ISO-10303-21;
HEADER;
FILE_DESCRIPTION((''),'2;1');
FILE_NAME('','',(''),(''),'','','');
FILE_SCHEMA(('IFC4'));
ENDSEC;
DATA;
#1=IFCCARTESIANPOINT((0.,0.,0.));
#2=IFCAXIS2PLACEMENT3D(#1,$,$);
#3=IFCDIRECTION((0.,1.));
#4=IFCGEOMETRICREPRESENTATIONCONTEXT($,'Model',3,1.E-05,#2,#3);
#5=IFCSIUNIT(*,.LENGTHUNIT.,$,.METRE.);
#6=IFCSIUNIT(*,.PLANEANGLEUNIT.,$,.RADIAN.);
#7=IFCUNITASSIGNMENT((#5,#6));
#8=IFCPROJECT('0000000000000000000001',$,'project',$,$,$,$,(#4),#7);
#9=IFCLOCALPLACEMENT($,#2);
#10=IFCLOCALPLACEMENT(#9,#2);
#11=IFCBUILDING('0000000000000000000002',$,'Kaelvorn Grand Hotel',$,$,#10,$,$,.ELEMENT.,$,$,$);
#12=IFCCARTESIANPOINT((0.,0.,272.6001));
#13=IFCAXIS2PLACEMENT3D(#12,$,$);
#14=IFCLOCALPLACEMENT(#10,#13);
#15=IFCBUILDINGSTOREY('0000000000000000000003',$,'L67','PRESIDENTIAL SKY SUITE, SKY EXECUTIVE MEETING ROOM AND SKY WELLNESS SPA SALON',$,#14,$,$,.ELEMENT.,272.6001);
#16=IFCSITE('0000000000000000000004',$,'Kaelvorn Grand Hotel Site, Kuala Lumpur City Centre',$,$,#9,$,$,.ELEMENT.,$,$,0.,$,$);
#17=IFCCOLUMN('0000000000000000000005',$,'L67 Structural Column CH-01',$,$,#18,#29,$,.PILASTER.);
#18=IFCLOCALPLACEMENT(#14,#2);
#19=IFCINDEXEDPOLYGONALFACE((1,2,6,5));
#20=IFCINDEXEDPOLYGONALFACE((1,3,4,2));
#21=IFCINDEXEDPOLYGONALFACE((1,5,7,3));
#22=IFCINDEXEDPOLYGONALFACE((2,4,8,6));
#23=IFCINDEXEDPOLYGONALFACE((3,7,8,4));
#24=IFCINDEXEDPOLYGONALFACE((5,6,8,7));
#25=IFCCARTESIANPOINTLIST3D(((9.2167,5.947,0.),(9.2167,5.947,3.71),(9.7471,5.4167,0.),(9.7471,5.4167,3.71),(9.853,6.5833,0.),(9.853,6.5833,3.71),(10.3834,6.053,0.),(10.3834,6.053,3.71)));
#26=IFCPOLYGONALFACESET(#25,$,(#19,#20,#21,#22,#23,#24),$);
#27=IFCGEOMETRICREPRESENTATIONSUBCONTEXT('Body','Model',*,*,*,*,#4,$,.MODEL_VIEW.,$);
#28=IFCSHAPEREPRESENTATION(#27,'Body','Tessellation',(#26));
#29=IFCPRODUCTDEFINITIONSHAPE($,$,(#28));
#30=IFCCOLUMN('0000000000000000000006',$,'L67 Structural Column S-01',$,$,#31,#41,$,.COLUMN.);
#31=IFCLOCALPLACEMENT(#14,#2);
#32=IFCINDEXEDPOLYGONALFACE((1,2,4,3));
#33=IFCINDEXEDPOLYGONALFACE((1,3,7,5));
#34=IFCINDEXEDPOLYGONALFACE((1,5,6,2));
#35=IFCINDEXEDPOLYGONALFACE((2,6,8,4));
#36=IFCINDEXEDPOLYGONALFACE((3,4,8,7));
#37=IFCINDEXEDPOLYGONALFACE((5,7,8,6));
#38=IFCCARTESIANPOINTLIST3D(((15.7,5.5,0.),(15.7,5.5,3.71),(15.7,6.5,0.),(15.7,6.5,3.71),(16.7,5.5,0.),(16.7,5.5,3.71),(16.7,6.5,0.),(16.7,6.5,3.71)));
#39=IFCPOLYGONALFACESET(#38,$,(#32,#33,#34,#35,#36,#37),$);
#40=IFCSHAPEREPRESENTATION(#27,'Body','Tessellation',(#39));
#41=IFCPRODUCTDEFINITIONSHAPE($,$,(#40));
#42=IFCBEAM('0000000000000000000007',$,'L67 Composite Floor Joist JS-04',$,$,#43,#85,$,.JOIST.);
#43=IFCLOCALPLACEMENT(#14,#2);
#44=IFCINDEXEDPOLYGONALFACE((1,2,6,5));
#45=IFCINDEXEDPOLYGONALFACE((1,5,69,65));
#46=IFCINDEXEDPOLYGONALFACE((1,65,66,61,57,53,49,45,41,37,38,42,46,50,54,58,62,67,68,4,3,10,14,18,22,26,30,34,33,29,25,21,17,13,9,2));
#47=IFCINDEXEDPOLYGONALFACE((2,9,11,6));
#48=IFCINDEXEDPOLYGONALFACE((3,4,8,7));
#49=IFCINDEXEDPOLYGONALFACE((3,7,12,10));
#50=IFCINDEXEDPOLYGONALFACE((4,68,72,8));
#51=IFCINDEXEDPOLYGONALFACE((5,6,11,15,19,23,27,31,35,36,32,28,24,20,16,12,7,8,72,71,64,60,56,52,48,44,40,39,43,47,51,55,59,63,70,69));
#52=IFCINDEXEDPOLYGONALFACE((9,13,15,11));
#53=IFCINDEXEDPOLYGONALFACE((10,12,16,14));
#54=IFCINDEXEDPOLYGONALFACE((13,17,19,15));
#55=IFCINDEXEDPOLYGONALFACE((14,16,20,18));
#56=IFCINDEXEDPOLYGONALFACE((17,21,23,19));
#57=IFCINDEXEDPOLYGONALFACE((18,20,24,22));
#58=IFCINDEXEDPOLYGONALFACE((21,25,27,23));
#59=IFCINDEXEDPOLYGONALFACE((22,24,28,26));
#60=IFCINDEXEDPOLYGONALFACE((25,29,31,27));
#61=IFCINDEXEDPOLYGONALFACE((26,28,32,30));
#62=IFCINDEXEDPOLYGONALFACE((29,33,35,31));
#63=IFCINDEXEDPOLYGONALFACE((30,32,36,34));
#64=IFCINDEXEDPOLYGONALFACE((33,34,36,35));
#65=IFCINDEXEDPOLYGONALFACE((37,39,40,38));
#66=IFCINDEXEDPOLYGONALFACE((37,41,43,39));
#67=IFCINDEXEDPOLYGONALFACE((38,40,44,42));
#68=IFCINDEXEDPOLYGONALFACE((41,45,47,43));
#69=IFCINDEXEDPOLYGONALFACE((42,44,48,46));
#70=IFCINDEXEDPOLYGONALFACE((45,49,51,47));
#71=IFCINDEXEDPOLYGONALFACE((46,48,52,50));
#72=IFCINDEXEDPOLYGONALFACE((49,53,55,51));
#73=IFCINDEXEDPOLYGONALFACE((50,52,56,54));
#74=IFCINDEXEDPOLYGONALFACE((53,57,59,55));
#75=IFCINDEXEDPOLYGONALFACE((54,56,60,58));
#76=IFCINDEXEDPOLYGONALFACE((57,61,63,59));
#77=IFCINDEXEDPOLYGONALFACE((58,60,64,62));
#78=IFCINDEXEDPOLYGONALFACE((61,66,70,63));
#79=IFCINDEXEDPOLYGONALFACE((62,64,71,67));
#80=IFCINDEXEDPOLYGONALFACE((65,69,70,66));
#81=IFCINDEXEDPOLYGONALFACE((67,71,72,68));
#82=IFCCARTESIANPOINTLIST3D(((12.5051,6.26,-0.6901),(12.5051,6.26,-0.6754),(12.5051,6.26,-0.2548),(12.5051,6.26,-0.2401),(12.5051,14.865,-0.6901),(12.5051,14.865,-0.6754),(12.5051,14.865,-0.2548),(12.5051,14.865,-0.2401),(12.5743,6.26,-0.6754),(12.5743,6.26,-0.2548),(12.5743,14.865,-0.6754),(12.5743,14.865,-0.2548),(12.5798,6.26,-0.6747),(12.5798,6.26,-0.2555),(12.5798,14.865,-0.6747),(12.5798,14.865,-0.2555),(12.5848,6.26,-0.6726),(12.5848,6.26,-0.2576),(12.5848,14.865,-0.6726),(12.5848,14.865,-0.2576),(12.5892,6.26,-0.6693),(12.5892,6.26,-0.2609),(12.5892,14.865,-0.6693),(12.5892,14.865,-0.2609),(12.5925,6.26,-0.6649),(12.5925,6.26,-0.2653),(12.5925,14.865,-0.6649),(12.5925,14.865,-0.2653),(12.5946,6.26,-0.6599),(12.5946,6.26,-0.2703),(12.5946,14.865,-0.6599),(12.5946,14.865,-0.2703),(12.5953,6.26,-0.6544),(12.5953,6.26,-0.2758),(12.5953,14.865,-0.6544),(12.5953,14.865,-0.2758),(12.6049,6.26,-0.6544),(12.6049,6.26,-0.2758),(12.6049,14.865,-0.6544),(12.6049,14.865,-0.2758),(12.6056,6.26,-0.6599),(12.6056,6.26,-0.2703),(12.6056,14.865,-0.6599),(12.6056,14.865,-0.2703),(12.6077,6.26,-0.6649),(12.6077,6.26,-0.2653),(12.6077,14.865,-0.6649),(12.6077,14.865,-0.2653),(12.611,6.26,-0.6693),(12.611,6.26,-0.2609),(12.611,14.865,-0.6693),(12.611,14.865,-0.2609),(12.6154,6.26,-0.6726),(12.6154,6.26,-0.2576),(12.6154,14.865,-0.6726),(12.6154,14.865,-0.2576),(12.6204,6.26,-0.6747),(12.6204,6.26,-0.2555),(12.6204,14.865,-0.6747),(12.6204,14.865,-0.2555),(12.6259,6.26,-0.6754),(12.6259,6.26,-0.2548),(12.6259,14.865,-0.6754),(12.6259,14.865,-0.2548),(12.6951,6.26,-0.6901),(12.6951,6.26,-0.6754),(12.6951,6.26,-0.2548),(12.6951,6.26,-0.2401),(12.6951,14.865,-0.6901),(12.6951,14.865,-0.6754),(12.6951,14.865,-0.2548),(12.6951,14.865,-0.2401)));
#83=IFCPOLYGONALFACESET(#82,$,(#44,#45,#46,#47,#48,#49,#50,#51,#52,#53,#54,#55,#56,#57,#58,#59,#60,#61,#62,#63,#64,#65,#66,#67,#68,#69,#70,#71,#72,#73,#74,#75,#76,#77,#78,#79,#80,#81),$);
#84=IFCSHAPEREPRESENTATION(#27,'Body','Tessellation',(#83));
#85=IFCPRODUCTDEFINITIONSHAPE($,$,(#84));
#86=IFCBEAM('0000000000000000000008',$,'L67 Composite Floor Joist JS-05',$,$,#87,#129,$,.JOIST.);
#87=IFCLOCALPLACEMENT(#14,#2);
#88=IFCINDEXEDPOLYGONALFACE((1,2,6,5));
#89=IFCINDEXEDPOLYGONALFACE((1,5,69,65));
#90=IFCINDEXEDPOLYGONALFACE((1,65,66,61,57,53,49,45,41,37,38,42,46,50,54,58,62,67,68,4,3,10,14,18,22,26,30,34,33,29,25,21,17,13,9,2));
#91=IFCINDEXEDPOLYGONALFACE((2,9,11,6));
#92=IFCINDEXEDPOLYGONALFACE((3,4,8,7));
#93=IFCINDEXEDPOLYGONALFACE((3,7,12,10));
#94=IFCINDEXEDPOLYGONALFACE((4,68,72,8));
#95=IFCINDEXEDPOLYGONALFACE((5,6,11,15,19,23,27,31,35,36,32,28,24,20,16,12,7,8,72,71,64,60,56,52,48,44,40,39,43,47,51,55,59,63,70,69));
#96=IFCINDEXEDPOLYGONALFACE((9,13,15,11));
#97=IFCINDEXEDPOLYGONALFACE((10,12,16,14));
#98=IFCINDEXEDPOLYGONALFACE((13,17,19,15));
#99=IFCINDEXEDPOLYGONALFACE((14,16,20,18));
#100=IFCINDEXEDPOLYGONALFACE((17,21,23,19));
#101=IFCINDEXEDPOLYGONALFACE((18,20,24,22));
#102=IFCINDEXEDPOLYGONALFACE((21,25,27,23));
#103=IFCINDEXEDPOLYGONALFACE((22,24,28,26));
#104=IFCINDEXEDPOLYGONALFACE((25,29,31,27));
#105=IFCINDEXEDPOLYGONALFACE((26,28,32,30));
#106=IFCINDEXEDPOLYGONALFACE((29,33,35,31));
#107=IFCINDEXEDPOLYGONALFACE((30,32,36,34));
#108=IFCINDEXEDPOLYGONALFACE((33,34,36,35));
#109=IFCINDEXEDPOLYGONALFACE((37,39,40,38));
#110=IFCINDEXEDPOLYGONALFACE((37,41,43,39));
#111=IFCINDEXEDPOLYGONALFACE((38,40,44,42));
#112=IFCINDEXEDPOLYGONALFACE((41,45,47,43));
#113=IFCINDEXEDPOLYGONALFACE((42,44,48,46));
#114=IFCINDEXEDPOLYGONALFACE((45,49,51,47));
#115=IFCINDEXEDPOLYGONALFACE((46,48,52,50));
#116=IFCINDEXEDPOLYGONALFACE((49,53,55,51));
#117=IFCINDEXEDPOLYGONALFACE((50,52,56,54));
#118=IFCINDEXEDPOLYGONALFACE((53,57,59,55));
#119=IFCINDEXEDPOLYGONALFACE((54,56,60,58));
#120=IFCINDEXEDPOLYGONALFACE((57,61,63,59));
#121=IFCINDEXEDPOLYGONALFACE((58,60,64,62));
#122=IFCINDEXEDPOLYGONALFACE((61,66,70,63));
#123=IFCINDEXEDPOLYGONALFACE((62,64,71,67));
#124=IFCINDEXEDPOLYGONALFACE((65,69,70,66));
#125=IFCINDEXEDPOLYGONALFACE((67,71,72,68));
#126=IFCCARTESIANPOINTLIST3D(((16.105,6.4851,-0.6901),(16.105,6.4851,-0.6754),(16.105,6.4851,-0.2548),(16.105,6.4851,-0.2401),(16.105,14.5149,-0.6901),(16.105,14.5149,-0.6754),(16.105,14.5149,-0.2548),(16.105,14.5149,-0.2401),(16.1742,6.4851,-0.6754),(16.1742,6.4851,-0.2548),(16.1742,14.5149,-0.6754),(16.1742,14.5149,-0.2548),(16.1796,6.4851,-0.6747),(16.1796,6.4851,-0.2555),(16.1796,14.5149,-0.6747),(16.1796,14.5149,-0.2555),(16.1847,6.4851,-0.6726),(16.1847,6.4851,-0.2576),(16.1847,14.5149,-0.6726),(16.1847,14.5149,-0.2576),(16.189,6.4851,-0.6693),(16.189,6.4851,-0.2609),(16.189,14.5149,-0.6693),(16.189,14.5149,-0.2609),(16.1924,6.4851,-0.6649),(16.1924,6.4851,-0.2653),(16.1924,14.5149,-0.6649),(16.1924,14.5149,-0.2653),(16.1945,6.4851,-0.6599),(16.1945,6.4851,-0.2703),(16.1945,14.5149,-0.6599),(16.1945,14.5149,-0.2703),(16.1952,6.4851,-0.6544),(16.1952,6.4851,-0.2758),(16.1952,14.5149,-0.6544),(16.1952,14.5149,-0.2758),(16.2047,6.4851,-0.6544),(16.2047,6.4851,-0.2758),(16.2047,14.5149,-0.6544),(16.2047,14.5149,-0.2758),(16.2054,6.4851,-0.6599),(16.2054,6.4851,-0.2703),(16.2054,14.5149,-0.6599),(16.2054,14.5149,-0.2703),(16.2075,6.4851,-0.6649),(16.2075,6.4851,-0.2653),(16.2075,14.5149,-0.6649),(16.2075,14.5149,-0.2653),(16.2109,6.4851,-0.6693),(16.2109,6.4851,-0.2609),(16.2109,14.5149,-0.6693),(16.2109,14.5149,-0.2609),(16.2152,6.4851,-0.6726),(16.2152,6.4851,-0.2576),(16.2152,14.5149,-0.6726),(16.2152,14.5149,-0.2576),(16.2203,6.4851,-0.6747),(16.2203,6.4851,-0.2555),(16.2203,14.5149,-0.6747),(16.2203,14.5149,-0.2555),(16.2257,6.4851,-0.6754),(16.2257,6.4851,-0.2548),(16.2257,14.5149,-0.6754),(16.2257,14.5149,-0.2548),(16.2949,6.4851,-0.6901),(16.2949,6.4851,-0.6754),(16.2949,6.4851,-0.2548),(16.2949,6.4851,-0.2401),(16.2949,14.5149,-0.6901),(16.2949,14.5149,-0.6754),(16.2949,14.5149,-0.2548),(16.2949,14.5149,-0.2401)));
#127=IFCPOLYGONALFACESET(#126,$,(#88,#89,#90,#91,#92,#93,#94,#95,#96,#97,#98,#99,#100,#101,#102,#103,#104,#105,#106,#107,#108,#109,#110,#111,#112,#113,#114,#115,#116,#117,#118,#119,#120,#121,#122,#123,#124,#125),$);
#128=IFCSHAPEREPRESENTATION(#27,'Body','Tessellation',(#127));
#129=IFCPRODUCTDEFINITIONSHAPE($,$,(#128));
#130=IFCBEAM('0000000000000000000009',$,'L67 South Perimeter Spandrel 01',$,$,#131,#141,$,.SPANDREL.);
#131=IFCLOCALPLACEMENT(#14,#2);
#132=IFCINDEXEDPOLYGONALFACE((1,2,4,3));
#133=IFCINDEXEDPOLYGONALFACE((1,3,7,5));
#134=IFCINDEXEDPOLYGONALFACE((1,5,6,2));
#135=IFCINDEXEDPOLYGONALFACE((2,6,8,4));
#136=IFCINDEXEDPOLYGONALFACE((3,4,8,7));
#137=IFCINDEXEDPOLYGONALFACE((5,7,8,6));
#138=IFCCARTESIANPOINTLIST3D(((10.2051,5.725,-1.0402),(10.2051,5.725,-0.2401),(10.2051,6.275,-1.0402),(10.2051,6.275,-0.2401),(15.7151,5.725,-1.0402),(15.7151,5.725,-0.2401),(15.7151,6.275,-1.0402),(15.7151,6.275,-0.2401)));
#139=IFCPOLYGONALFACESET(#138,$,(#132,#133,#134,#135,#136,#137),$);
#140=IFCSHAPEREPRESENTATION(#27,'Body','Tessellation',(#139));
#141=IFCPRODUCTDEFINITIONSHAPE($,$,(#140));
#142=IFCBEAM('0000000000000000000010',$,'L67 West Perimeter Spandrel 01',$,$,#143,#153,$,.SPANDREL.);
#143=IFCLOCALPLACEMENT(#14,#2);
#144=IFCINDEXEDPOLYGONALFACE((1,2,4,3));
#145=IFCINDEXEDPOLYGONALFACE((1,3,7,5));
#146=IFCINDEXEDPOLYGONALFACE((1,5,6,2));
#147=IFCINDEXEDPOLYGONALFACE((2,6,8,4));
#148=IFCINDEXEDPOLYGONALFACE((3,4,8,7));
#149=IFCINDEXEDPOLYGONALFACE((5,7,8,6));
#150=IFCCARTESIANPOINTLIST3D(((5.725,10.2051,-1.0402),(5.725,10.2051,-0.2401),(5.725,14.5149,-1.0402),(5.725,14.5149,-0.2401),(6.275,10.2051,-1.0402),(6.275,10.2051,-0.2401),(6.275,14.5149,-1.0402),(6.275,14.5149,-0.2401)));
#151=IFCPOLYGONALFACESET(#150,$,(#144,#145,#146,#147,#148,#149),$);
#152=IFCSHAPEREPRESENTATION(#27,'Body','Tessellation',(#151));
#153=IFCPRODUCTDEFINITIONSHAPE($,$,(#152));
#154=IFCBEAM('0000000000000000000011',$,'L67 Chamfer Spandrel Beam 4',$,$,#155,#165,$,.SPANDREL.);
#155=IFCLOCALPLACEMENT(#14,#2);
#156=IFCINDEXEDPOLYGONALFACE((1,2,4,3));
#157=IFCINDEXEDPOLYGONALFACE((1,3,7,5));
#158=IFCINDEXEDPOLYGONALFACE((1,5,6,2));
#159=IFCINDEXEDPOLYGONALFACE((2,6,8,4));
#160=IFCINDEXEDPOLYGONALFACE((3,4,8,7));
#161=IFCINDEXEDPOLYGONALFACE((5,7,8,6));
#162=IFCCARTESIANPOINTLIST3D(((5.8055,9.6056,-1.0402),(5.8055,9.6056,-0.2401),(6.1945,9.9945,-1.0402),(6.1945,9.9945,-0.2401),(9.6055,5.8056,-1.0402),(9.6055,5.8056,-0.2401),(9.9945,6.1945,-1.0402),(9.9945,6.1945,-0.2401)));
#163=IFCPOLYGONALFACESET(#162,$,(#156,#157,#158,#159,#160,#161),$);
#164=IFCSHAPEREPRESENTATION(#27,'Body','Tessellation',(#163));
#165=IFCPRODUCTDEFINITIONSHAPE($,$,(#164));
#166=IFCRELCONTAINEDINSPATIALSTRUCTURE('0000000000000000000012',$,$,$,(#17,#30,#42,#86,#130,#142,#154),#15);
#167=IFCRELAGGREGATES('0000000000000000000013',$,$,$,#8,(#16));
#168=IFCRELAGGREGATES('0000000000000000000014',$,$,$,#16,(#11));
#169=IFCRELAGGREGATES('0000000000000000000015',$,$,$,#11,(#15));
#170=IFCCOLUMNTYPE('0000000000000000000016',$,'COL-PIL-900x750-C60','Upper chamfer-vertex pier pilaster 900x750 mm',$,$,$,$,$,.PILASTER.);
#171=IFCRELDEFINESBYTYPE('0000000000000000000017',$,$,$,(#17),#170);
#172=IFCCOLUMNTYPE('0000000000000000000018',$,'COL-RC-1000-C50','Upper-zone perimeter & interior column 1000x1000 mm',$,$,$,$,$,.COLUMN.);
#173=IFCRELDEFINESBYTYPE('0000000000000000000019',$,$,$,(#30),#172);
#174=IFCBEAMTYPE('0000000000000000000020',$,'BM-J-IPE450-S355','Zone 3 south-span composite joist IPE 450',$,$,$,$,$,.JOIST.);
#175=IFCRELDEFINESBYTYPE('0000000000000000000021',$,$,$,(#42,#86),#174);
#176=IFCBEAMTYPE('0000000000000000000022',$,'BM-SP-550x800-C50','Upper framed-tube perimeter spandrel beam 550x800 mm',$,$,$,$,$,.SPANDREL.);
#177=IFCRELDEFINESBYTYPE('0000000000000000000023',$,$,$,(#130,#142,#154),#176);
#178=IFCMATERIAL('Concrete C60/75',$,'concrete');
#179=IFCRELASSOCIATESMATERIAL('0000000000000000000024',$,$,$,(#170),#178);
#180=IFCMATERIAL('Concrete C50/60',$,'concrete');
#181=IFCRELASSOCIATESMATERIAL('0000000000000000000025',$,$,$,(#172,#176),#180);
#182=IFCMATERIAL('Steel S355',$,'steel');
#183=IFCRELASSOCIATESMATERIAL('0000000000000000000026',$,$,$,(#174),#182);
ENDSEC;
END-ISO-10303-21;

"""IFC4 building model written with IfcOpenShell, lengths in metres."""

from ifc_helpers import new_model, si_unit, direction, frame, origin, origin_2d, place, context, subcontext, project, spatial, rectangle, i_section, extrude, material, material_profile, profile_set, type_object, element, save


model = new_model("IFC4")

# Units and contexts
model_context = context("Model", 3, precision=1e-05, world=origin(), true_north=direction((0.0, 1.0)))
body_context = subcontext(model_context, "Body", "Model", "MODEL_VIEW")
ifc_project = project(units=[si_unit("LENGTHUNIT", "METRE"), si_unit("PLANEANGLEUNIT", "RADIAN")], contexts=[model_context])

# Site, building, storey
site_placement = place(None, origin())
site = spatial("IfcSite", under=ifc_project, at=site_placement, Name="Kaelvorn Grand Hotel Site, Kuala Lumpur City Centre", CompositionType="ELEMENT", RefElevation=0.0)
building_placement = place(site_placement, origin())
building = spatial("IfcBuilding", under=site, at=building_placement, Name="Kaelvorn Grand Hotel", CompositionType="ELEMENT")
storey_placement = place(building_placement, frame((0.0, 0.0, 272.6001)))
storey = spatial("IfcBuildingStorey", under=building, at=storey_placement, Name="L67", Description="PRESIDENTIAL SKY SUITE, SKY EXECUTIVE MEETING ROOM AND SKY WELLNESS SPA SALON", CompositionType="ELEMENT", Elevation=272.6001)

# Columns
ifc_material_1 = material(Name="Concrete C60/75", Category="concrete")
ifc_material_profile_1 = material_profile(ifc_material_1, rectangle(XDim=0.8999, YDim=0.75, at=origin_2d()), Name="RC PILASTER 900x750")
ifc_profile_set_1 = profile_set([ifc_material_profile_1], Name="Concrete C60/75")
column_type_1 = type_object("IfcColumnType", Name="COL-PIL-900x750-C60", Description="Upper chamfer-vertex pier pilaster 900x750 mm", PredefinedType="PILASTER", material=ifc_profile_set_1)
column_1_placement = place(storey_placement, frame((9.8, 6.0, 0.0), z_axis=(0.0, 0.0, 1.0), x_axis=(0.707107, 0.707107, 0.0)))
element("IfcColumn", 1, at=column_1_placement, inside=storey, type_object=column_type_1, Name="L67 Structural Column CH-01", PredefinedType="PILASTER", context=body_context, shape_type="SweptSolid", body=[
    extrude(rectangle(XDim=0.8999, YDim=0.75, at=origin_2d()), origin(), (0.0, 0.0, 1.0), 3.71),
])
ifc_material_2 = material(Name="Concrete C50/60", Category="concrete")
ifc_material_profile_2 = material_profile(ifc_material_2, rectangle(XDim=1.0, YDim=1.0, at=origin_2d()), Name="RC COL 1000x1000")
ifc_profile_set_2 = profile_set([ifc_material_profile_2], Name="Concrete C50/60")
column_type_2 = type_object("IfcColumnType", Name="COL-RC-1000-C50", Description="Upper-zone perimeter & interior column 1000x1000 mm", PredefinedType="COLUMN", material=ifc_profile_set_2)
column_2_placement = place(storey_placement, frame((16.2, 6.0, 0.0), z_axis=(0.0, 0.0, 1.0), x_axis=(1.0, 0.0, 0.0)))
element("IfcColumn", 2, at=column_2_placement, inside=storey, type_object=column_type_2, Name="L67 Structural Column S-01", PredefinedType="COLUMN", context=body_context, shape_type="SweptSolid", body=[
    extrude(rectangle(XDim=1.0, YDim=1.0, at=origin_2d()), origin(), (0.0, 0.0, 1.0), 3.71),
])

# Beams
ifc_material_3 = material(Name="Steel S355", Category="steel")
ifc_material_profile_3 = material_profile(ifc_material_3, i_section(OverallWidth=0.1899, OverallDepth=0.45, WebThickness=0.0095, FlangeThickness=0.0146, FilletRadius=0.021, at=origin_2d()), Name="IPE 450")
ifc_profile_set_3 = profile_set([ifc_material_profile_3], Name="Steel S355")
beam_type_1 = type_object("IfcBeamType", Name="BM-J-IPE450-S355", Description="Zone 3 south-span composite joist IPE 450", PredefinedType="JOIST", material=ifc_profile_set_3)
beam_1_placement = place(storey_placement, frame((12.6001, 6.26, -0.4651), z_axis=(0.0, 1.0, 0.0), x_axis=(-1.0, 0.0, 0.0)))
element("IfcBeam", 3, at=beam_1_placement, inside=storey, type_object=beam_type_1, Name="L67 Composite Floor Joist JS-04", PredefinedType="JOIST", context=body_context, shape_type="SweptSolid", body=[
    extrude(i_section(OverallWidth=0.1899, OverallDepth=0.45, WebThickness=0.0095, FlangeThickness=0.0146, FilletRadius=0.021, at=origin_2d()), origin(), (0.0, 0.0, 1.0), 8.605),
])
beam_2_placement = place(storey_placement, frame((16.2, 6.4851, -0.4651), z_axis=(0.0, 1.0, 0.0), x_axis=(-1.0, 0.0, 0.0)))
element("IfcBeam", 4, at=beam_2_placement, inside=storey, type_object=beam_type_1, Name="L67 Composite Floor Joist JS-05", PredefinedType="JOIST", context=body_context, shape_type="SweptSolid", body=[
    extrude(i_section(OverallWidth=0.1899, OverallDepth=0.45, WebThickness=0.0095, FlangeThickness=0.0146, FilletRadius=0.021, at=origin_2d()), origin(), (0.0, 0.0, 1.0), 8.0298),
])
ifc_material_profile_4 = material_profile(ifc_material_2, rectangle(XDim=0.55, YDim=0.8, at=origin_2d()), Name="RC SPANDREL 550x800")
ifc_profile_set_4 = profile_set([ifc_material_profile_4], Name="Concrete C50/60")
beam_type_2 = type_object("IfcBeamType", Name="BM-SP-550x800-C50", Description="Upper framed-tube perimeter spandrel beam 550x800 mm", PredefinedType="SPANDREL", material=ifc_profile_set_4)
beam_3_placement = place(storey_placement, frame((10.2051, 6.0, -0.6401), z_axis=(1.0, 0.0, 0.0), x_axis=(0.0, 1.0, 0.0)))
element("IfcBeam", 5, at=beam_3_placement, inside=storey, type_object=beam_type_2, Name="L67 South Perimeter Spandrel 01", PredefinedType="SPANDREL", context=body_context, shape_type="SweptSolid", body=[
    extrude(rectangle(XDim=0.55, YDim=0.8, at=origin_2d()), origin(), (0.0, 0.0, 1.0), 5.51),
])
beam_4_placement = place(storey_placement, frame((6.0, 10.2051, -0.6401), z_axis=(0.0, 1.0, 0.0), x_axis=(-1.0, 0.0, 0.0)))
element("IfcBeam", 6, at=beam_4_placement, inside=storey, type_object=beam_type_2, Name="L67 West Perimeter Spandrel 01", PredefinedType="SPANDREL", context=body_context, shape_type="SweptSolid", body=[
    extrude(rectangle(XDim=0.55, YDim=0.8, at=origin_2d()), origin(), (0.0, 0.0, 1.0), 4.3098),
])
beam_5_placement = place(storey_placement, frame((6.0, 9.8, -0.6401), z_axis=(0.707107, -0.707107, 0.0), x_axis=(0.707107, 0.707107, 0.0)))
element("IfcBeam", 7, at=beam_5_placement, inside=storey, type_object=beam_type_2, Name="L67 Chamfer Spandrel Beam 4", PredefinedType="SPANDREL", context=body_context, shape_type="SweptSolid", body=[
    extrude(rectangle(XDim=0.55, YDim=0.8, at=origin_2d()), origin(), (0.0, 0.0, 1.0), 5.374),
])

save(model, "model.ifc")
